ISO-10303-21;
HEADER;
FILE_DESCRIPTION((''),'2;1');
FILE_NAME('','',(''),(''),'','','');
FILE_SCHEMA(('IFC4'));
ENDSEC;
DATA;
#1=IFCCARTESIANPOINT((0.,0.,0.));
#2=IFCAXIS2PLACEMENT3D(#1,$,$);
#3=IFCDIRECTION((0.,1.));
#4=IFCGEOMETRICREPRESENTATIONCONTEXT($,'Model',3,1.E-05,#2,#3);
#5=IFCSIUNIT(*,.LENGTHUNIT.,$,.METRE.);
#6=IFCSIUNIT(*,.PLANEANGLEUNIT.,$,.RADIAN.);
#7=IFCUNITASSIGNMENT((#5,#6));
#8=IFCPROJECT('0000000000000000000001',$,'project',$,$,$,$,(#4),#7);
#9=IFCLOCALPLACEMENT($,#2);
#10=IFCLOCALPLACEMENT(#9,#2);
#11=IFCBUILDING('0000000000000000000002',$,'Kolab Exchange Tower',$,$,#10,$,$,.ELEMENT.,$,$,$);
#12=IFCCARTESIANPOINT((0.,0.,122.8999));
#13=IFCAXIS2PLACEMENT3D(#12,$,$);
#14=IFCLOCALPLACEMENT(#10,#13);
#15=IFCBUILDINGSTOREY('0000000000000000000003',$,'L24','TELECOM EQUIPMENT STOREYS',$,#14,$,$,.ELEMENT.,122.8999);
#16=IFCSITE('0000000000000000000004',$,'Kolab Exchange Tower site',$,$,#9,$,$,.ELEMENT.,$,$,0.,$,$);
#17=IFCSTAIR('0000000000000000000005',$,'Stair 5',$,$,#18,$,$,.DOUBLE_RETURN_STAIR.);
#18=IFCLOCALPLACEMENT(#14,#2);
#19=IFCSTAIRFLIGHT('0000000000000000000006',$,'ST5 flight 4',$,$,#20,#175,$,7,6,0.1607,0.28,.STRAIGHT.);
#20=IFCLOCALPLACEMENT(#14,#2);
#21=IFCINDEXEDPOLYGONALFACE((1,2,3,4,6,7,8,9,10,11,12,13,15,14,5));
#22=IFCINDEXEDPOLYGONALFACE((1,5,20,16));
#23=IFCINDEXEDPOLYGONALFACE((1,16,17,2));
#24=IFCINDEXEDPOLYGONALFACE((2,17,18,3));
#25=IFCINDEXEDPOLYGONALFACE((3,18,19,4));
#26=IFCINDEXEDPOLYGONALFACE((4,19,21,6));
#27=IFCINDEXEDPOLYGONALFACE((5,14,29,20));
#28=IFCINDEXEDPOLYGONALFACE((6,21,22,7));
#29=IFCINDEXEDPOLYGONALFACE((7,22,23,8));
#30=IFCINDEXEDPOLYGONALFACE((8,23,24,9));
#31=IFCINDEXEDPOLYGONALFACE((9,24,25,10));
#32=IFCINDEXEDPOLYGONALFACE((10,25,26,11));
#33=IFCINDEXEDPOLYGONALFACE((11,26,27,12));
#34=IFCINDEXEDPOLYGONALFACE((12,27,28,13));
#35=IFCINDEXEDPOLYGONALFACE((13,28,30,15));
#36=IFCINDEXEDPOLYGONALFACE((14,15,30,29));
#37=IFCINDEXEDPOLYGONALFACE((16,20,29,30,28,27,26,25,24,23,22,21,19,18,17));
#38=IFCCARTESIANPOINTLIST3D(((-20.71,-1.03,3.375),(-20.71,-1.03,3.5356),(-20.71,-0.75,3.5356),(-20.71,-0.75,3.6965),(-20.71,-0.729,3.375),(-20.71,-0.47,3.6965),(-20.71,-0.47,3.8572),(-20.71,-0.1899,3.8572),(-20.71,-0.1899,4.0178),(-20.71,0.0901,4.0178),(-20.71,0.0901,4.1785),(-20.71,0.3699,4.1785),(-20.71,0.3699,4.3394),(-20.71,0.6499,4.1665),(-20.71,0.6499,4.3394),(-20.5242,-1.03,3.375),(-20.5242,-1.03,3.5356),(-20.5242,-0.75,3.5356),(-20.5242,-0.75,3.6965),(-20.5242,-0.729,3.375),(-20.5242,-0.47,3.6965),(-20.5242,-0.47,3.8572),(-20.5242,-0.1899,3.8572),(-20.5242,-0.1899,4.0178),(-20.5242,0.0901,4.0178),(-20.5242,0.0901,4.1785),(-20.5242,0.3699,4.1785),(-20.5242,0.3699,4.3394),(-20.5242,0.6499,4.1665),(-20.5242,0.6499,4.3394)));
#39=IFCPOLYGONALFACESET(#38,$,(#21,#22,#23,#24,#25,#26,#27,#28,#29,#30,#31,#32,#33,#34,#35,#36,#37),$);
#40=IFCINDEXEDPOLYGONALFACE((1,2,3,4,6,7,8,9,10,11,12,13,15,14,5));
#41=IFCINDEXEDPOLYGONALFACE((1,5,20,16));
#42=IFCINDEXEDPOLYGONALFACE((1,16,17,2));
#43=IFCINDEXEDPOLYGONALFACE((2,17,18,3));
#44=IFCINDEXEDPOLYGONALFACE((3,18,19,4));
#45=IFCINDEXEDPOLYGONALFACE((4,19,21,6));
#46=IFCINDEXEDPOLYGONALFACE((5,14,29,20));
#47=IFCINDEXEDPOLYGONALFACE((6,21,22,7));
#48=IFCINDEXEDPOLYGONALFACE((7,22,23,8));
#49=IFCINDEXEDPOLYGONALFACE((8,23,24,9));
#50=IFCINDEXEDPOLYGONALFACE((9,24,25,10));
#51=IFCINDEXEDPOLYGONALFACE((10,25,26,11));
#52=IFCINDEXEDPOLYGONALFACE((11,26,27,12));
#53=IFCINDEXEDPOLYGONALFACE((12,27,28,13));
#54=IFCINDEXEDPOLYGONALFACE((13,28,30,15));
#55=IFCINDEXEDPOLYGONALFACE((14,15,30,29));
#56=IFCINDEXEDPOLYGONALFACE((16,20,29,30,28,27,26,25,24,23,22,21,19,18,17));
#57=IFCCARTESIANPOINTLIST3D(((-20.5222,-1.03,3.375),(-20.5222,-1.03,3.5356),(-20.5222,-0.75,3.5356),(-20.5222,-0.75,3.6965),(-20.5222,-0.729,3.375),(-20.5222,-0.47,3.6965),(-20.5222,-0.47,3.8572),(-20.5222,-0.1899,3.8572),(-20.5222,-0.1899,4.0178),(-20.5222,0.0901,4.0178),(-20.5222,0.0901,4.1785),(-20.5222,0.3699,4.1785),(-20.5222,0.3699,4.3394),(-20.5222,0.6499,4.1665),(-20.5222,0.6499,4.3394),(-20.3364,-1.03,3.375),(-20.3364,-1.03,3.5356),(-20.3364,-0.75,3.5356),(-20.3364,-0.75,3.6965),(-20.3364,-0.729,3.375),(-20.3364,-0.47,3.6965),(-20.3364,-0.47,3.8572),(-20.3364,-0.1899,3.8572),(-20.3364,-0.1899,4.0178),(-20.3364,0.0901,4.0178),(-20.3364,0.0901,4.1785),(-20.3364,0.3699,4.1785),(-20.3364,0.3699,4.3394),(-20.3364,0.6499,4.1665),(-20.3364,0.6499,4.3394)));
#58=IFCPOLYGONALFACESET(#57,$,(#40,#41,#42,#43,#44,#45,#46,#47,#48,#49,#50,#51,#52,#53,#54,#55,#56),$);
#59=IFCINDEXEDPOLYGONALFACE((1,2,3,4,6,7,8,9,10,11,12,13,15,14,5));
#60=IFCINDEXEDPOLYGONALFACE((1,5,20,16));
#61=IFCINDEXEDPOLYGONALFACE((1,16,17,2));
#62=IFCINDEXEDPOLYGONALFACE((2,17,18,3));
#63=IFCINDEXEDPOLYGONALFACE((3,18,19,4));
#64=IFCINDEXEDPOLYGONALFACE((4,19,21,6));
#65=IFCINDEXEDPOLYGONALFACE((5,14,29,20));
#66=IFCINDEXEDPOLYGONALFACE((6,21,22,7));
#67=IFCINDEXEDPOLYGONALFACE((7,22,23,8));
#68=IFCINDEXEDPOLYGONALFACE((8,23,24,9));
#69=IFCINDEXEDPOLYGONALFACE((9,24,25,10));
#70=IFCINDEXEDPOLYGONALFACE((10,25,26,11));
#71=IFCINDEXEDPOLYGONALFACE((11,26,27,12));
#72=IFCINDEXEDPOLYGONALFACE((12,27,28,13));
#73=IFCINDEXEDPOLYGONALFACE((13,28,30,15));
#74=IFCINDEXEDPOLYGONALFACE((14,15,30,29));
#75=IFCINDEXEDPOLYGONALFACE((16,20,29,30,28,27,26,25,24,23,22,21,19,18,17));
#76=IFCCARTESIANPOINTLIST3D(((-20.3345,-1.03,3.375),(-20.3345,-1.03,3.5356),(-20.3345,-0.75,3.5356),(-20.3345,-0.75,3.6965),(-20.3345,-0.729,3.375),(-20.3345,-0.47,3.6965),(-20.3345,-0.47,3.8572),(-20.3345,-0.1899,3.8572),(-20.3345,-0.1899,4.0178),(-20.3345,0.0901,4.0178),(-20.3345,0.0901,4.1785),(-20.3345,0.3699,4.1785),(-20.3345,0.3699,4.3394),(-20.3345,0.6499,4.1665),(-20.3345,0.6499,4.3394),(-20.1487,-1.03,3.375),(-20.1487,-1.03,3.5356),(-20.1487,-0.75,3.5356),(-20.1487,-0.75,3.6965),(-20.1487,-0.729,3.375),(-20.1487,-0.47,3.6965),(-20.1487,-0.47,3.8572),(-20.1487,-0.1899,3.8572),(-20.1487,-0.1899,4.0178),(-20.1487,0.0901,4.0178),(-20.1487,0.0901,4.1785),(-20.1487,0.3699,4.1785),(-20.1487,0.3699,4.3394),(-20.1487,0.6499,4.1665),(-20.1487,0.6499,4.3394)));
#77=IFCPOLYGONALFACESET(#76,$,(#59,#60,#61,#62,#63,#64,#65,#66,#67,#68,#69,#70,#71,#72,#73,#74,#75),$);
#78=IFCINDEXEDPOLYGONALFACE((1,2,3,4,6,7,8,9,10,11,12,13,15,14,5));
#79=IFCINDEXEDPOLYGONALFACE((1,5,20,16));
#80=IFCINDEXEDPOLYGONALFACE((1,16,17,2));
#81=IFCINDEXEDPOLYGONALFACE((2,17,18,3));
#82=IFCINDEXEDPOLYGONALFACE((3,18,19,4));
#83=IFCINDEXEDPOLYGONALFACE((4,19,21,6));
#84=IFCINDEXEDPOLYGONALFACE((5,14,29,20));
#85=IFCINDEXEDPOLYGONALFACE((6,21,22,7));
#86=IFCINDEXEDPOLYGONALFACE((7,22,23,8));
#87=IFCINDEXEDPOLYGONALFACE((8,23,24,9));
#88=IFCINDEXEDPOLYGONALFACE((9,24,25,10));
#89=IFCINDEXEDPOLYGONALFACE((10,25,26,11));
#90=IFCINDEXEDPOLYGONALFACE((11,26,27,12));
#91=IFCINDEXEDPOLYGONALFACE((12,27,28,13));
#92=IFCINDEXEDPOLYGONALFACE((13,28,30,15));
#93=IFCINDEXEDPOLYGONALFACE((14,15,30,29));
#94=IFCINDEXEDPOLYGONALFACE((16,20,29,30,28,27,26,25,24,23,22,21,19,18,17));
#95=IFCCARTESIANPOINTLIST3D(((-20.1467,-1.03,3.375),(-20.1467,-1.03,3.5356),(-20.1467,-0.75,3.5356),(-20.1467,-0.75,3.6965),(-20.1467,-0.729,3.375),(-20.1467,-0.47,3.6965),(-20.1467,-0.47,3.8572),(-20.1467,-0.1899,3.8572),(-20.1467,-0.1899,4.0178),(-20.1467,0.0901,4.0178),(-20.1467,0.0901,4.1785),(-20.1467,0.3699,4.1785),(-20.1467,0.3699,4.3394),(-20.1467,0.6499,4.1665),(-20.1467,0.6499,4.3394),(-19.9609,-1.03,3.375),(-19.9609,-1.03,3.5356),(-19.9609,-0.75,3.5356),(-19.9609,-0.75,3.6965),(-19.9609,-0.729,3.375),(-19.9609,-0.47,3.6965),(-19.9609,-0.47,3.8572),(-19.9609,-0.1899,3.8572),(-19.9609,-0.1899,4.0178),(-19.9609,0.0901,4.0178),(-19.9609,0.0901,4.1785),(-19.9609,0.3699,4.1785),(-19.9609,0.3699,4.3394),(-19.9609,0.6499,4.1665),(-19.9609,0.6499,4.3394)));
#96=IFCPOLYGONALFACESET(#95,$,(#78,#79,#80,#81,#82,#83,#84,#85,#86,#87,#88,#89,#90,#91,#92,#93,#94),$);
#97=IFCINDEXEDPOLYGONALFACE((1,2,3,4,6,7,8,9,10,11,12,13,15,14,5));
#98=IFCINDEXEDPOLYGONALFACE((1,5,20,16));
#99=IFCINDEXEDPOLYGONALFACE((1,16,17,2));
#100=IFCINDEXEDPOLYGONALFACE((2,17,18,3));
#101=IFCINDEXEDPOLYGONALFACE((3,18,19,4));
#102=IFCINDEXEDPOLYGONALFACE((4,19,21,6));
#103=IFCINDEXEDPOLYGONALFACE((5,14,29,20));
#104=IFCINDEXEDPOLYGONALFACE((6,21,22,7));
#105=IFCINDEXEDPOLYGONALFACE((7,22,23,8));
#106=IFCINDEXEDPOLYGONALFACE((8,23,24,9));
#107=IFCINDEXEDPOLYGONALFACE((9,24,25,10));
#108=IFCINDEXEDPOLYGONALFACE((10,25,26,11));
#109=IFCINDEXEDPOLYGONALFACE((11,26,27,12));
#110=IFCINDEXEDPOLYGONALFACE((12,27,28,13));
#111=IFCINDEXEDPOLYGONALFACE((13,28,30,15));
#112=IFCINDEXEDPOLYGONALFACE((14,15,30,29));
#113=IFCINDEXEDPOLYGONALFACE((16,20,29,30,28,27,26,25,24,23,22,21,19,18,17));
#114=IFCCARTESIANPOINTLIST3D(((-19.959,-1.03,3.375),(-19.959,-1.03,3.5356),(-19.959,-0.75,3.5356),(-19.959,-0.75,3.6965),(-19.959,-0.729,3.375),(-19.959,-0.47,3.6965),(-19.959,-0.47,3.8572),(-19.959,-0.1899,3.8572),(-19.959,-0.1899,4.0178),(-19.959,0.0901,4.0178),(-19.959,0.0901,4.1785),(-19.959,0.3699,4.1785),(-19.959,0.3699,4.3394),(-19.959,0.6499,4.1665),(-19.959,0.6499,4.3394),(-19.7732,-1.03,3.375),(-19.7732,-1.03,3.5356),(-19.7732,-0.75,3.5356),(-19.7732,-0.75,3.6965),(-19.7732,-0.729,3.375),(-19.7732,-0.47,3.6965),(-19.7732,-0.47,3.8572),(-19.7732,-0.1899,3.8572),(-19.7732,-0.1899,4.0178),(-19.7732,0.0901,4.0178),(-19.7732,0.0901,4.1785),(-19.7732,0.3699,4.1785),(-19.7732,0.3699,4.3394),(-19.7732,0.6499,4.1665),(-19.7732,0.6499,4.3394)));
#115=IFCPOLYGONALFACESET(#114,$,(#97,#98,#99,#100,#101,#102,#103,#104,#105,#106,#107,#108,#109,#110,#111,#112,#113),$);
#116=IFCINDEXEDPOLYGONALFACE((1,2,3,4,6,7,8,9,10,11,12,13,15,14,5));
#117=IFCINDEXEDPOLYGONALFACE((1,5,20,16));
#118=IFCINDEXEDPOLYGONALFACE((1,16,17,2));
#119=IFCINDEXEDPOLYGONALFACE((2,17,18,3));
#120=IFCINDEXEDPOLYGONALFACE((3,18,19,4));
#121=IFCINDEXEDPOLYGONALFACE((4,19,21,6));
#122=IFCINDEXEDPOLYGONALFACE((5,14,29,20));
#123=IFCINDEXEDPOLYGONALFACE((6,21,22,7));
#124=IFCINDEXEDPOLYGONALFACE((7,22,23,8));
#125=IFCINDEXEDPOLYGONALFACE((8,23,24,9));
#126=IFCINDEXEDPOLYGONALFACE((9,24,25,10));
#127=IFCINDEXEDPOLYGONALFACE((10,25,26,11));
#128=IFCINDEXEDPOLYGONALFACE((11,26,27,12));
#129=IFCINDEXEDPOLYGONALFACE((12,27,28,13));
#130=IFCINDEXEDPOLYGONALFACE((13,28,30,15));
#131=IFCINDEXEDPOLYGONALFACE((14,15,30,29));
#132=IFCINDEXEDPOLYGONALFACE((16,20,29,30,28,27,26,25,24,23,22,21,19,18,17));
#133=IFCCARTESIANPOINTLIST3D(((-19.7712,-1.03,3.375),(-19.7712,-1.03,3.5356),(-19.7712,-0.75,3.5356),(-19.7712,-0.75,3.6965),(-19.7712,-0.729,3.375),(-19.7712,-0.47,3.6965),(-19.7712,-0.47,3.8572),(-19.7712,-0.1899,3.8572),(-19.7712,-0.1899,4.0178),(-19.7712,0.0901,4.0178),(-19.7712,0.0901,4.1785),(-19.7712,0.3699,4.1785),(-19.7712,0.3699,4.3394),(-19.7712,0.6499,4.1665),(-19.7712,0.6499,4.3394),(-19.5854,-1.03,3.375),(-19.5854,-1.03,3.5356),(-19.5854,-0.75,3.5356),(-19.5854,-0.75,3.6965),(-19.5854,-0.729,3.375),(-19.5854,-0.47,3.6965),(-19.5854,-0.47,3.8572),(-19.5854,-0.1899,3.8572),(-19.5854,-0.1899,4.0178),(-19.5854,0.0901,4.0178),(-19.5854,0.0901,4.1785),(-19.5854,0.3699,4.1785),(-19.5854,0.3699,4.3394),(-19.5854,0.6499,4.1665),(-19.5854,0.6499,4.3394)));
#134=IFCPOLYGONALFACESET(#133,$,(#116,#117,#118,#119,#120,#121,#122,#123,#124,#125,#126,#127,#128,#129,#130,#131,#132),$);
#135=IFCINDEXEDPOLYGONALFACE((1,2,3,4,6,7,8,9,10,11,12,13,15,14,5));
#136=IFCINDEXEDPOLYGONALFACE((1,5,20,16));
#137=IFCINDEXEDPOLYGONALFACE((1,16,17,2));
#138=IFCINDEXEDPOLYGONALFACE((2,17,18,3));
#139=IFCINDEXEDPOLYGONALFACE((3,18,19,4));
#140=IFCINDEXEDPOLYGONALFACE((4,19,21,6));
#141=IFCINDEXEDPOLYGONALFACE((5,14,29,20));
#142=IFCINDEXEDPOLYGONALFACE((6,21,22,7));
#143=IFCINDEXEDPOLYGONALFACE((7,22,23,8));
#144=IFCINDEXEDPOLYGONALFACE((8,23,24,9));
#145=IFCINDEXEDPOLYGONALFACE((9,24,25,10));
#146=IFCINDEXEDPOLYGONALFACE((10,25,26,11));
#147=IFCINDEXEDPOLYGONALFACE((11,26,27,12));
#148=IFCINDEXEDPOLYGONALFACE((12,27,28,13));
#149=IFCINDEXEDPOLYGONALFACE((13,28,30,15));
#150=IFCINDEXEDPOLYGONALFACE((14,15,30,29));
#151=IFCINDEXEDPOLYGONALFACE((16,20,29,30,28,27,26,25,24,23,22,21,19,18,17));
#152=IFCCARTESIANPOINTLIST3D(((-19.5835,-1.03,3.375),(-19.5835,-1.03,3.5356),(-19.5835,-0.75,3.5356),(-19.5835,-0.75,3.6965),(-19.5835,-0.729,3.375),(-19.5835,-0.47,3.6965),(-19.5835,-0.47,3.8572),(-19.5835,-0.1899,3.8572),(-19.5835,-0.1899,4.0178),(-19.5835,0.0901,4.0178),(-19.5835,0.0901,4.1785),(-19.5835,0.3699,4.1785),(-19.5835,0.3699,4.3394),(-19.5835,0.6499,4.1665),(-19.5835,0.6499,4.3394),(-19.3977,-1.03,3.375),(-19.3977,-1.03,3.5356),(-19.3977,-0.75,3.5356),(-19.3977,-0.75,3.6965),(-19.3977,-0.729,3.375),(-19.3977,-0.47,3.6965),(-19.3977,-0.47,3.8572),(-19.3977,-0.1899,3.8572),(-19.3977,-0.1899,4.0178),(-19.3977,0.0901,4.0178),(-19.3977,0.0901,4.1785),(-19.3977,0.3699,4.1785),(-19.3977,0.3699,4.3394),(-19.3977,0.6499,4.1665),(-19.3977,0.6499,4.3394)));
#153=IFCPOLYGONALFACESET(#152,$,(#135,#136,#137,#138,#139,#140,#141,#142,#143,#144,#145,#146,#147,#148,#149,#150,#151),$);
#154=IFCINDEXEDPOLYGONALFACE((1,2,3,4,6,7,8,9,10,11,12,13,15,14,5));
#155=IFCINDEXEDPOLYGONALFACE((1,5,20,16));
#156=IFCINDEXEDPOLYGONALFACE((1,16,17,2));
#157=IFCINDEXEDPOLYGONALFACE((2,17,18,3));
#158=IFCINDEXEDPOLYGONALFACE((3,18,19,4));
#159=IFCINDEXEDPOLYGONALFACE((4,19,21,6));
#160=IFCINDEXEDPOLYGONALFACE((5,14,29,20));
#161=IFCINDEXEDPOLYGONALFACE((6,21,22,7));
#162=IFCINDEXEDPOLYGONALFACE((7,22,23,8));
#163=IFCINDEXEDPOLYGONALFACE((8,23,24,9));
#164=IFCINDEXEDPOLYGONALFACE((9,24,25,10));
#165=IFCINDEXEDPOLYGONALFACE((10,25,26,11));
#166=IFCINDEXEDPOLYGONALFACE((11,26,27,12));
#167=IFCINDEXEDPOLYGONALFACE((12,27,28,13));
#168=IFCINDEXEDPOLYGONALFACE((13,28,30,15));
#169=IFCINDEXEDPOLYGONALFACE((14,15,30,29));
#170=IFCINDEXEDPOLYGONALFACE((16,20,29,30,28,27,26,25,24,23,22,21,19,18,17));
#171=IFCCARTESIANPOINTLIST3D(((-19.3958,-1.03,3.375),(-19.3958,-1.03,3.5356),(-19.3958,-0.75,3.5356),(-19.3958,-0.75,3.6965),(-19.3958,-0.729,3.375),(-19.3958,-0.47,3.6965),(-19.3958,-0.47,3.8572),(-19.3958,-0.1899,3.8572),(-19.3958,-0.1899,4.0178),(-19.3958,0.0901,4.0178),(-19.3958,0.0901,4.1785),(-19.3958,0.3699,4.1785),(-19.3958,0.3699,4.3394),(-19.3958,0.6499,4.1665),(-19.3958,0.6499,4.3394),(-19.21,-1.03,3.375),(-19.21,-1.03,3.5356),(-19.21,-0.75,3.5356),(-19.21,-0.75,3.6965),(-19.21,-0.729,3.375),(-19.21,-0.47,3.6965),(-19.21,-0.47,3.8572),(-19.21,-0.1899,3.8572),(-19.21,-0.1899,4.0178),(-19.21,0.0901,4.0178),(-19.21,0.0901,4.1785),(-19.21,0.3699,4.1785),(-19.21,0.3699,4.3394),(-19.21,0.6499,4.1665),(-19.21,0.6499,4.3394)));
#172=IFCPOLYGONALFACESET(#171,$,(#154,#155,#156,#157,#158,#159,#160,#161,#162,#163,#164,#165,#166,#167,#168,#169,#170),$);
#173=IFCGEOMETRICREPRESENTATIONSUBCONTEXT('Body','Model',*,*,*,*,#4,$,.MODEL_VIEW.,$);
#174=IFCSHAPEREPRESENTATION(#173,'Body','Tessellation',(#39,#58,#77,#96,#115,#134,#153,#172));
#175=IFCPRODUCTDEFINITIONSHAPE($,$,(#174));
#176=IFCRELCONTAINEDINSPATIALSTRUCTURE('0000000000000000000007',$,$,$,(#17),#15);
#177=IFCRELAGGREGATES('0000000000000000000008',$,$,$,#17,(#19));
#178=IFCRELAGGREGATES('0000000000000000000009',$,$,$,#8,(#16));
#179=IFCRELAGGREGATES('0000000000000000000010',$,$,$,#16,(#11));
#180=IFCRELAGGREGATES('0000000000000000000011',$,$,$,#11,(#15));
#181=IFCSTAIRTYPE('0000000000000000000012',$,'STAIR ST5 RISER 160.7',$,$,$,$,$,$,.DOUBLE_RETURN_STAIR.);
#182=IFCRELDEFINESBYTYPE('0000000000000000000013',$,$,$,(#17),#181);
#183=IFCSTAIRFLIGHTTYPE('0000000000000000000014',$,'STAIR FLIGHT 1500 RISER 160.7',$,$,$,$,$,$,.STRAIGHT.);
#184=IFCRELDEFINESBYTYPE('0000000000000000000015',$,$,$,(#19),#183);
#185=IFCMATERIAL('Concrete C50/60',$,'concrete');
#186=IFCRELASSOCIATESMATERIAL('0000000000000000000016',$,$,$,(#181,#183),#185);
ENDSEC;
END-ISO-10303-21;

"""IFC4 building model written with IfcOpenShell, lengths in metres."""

from ifc_helpers import new_model, si_unit, direction, frame, origin, place, context, subcontext, project, spatial, polyline, outline, extrude, material, type_object, element, aggregate, save


model = new_model("IFC4")

# Units and contexts
model_context = context("Model", 3, precision=1e-05, world=origin(), true_north=direction((0.0, 1.0)))
body_context = subcontext(model_context, "Body", "Model", "MODEL_VIEW")
ifc_project = project(units=[si_unit("LENGTHUNIT", "METRE"), si_unit("PLANEANGLEUNIT", "RADIAN")], contexts=[model_context])

# Site, building, storey
site_placement = place(None, origin())
site = spatial("IfcSite", under=ifc_project, at=site_placement, Name="Kolab Exchange Tower site", CompositionType="ELEMENT", RefElevation=0.0)
building_placement = place(site_placement, origin())
building = spatial("IfcBuilding", under=site, at=building_placement, Name="Kolab Exchange Tower", CompositionType="ELEMENT")
storey_placement = place(building_placement, frame((0.0, 0.0, 122.8999)))
storey = spatial("IfcBuildingStorey", under=building, at=storey_placement, Name="L24", Description="TELECOM EQUIPMENT STOREYS", CompositionType="ELEMENT", Elevation=122.8999)

# Shared definitions
ifc_material_1 = material(Name="Concrete C50/60", Category="concrete")

# Stair, stair flight
stair_type = type_object("IfcStairType", Name="STAIR ST5 RISER 160.7", PredefinedType="DOUBLE_RETURN_STAIR", material=ifc_material_1)
stair_placement = place(storey_placement, origin())
stair = element("IfcStair", 1, at=stair_placement, inside=storey, type_object=stair_type, Name="Stair 5", PredefinedType="DOUBLE_RETURN_STAIR")
stair_flight_type = type_object("IfcStairFlightType", Name="STAIR FLIGHT 1500 RISER 160.7", PredefinedType="STRAIGHT", material=ifc_material_1)
stair_flight_1_placement = place(storey_placement, frame((-19.96, -1.03, 3.375), z_axis=(0.0, 0.0, 1.0), x_axis=(0.0, 1.0, 0.0)))
stair_flight_1 = element("IfcStairFlight", 2, at=stair_flight_1_placement, type_object=stair_flight_type, Name="ST5 flight 4", NumberOfRisers=7, NumberOfTreads=6, PredefinedType="STRAIGHT", RiserHeight=0.1607, TreadLength=0.28, context=body_context, shape_type="SweptSolid", body=[
    extrude(outline(polyline([(0.0, 0.0), (0.0, 0.1606), (0.28, 0.1606), (0.28, 0.3215), (0.5601, 0.3215), (0.5601, 0.4822), (0.8401, 0.4822), (0.8401, 0.6428), (1.1201, 0.6428), (1.1201, 0.8035), (1.3999, 0.8035), (1.3999, 0.9644), (1.6799, 0.9644), (1.6799, 1.125), (1.6799, 0.7915), (0.301, 0.0), (0.0, 0.0)])), frame((0.0, 0.75, 0.0), z_axis=(0.0, -1.0, 0.0), x_axis=(1.0, 0.0, 0.0)), (0.0, 0.0, 1.0), 0.1858),
    extrude(outline(polyline([(0.0, 0.0), (0.0, 0.1606), (0.28, 0.1606), (0.28, 0.3215), (0.5601, 0.3215), (0.5601, 0.4822), (0.8401, 0.4822), (0.8401, 0.6428), (1.1201, 0.6428), (1.1201, 0.8035), (1.3999, 0.8035), (1.3999, 0.9644), (1.6799, 0.9644), (1.6799, 1.125), (1.6799, 0.7915), (0.301, 0.0), (0.0, 0.0)])), frame((0.0, 0.5623, 0.0), z_axis=(0.0, -1.0, 0.0), x_axis=(1.0, 0.0, 0.0)), (0.0, 0.0, 1.0), 0.1858),
    extrude(outline(polyline([(0.0, 0.0), (0.0, 0.1606), (0.28, 0.1606), (0.28, 0.3215), (0.5601, 0.3215), (0.5601, 0.4822), (0.8401, 0.4822), (0.8401, 0.6428), (1.1201, 0.6428), (1.1201, 0.8035), (1.3999, 0.8035), (1.3999, 0.9644), (1.6799, 0.9644), (1.6799, 1.125), (1.6799, 0.7915), (0.301, 0.0), (0.0, 0.0)])), frame((0.0, 0.3745, 0.0), z_axis=(0.0, -1.0, 0.0), x_axis=(1.0, 0.0, 0.0)), (0.0, 0.0, 1.0), 0.1858),
    extrude(outline(polyline([(0.0, 0.0), (0.0, 0.1606), (0.28, 0.1606), (0.28, 0.3215), (0.5601, 0.3215), (0.5601, 0.4822), (0.8401, 0.4822), (0.8401, 0.6428), (1.1201, 0.6428), (1.1201, 0.8035), (1.3999, 0.8035), (1.3999, 0.9644), (1.6799, 0.9644), (1.6799, 1.125), (1.6799, 0.7915), (0.301, 0.0), (0.0, 0.0)])), frame((0.0, 0.1868, 0.0), z_axis=(0.0, -1.0, 0.0), x_axis=(1.0, 0.0, 0.0)), (0.0, 0.0, 1.0), 0.1858),
    extrude(outline(polyline([(0.0, 0.0), (0.0, 0.1606), (0.28, 0.1606), (0.28, 0.3215), (0.5601, 0.3215), (0.5601, 0.4822), (0.8401, 0.4822), (0.8401, 0.6428), (1.1201, 0.6428), (1.1201, 0.8035), (1.3999, 0.8035), (1.3999, 0.9644), (1.6799, 0.9644), (1.6799, 1.125), (1.6799, 0.7915), (0.301, 0.0), (0.0, 0.0)])), frame((0.0, -0.001, 0.0), z_axis=(0.0, -1.0, 0.0), x_axis=(1.0, 0.0, 0.0)), (0.0, 0.0, 1.0), 0.1858),
    extrude(outline(polyline([(0.0, 0.0), (0.0, 0.1606), (0.28, 0.1606), (0.28, 0.3215), (0.5601, 0.3215), (0.5601, 0.4822), (0.8401, 0.4822), (0.8401, 0.6428), (1.1201, 0.6428), (1.1201, 0.8035), (1.3999, 0.8035), (1.3999, 0.9644), (1.6799, 0.9644), (1.6799, 1.125), (1.6799, 0.7915), (0.301, 0.0), (0.0, 0.0)])), frame((0.0, -0.1887, 0.0), z_axis=(0.0, -1.0, 0.0), x_axis=(1.0, 0.0, 0.0)), (0.0, 0.0, 1.0), 0.1858),
    extrude(outline(polyline([(0.0, 0.0), (0.0, 0.1606), (0.28, 0.1606), (0.28, 0.3215), (0.5601, 0.3215), (0.5601, 0.4822), (0.8401, 0.4822), (0.8401, 0.6428), (1.1201, 0.6428), (1.1201, 0.8035), (1.3999, 0.8035), (1.3999, 0.9644), (1.6799, 0.9644), (1.6799, 1.125), (1.6799, 0.7915), (0.301, 0.0), (0.0, 0.0)])), frame((0.0, -0.3765, 0.0), z_axis=(0.0, -1.0, 0.0), x_axis=(1.0, 0.0, 0.0)), (0.0, 0.0, 1.0), 0.1858),
    extrude(outline(polyline([(0.0, 0.0), (0.0, 0.1606), (0.28, 0.1606), (0.28, 0.3215), (0.5601, 0.3215), (0.5601, 0.4822), (0.8401, 0.4822), (0.8401, 0.6428), (1.1201, 0.6428), (1.1201, 0.8035), (1.3999, 0.8035), (1.3999, 0.9644), (1.6799, 0.9644), (1.6799, 1.125), (1.6799, 0.7915), (0.301, 0.0), (0.0, 0.0)])), frame((0.0, -0.5642, 0.0), z_axis=(0.0, -1.0, 0.0), x_axis=(1.0, 0.0, 0.0)), (0.0, 0.0, 1.0), 0.1858),
])
aggregate(stair, [stair_flight_1])

save(model, "model.ifc")
